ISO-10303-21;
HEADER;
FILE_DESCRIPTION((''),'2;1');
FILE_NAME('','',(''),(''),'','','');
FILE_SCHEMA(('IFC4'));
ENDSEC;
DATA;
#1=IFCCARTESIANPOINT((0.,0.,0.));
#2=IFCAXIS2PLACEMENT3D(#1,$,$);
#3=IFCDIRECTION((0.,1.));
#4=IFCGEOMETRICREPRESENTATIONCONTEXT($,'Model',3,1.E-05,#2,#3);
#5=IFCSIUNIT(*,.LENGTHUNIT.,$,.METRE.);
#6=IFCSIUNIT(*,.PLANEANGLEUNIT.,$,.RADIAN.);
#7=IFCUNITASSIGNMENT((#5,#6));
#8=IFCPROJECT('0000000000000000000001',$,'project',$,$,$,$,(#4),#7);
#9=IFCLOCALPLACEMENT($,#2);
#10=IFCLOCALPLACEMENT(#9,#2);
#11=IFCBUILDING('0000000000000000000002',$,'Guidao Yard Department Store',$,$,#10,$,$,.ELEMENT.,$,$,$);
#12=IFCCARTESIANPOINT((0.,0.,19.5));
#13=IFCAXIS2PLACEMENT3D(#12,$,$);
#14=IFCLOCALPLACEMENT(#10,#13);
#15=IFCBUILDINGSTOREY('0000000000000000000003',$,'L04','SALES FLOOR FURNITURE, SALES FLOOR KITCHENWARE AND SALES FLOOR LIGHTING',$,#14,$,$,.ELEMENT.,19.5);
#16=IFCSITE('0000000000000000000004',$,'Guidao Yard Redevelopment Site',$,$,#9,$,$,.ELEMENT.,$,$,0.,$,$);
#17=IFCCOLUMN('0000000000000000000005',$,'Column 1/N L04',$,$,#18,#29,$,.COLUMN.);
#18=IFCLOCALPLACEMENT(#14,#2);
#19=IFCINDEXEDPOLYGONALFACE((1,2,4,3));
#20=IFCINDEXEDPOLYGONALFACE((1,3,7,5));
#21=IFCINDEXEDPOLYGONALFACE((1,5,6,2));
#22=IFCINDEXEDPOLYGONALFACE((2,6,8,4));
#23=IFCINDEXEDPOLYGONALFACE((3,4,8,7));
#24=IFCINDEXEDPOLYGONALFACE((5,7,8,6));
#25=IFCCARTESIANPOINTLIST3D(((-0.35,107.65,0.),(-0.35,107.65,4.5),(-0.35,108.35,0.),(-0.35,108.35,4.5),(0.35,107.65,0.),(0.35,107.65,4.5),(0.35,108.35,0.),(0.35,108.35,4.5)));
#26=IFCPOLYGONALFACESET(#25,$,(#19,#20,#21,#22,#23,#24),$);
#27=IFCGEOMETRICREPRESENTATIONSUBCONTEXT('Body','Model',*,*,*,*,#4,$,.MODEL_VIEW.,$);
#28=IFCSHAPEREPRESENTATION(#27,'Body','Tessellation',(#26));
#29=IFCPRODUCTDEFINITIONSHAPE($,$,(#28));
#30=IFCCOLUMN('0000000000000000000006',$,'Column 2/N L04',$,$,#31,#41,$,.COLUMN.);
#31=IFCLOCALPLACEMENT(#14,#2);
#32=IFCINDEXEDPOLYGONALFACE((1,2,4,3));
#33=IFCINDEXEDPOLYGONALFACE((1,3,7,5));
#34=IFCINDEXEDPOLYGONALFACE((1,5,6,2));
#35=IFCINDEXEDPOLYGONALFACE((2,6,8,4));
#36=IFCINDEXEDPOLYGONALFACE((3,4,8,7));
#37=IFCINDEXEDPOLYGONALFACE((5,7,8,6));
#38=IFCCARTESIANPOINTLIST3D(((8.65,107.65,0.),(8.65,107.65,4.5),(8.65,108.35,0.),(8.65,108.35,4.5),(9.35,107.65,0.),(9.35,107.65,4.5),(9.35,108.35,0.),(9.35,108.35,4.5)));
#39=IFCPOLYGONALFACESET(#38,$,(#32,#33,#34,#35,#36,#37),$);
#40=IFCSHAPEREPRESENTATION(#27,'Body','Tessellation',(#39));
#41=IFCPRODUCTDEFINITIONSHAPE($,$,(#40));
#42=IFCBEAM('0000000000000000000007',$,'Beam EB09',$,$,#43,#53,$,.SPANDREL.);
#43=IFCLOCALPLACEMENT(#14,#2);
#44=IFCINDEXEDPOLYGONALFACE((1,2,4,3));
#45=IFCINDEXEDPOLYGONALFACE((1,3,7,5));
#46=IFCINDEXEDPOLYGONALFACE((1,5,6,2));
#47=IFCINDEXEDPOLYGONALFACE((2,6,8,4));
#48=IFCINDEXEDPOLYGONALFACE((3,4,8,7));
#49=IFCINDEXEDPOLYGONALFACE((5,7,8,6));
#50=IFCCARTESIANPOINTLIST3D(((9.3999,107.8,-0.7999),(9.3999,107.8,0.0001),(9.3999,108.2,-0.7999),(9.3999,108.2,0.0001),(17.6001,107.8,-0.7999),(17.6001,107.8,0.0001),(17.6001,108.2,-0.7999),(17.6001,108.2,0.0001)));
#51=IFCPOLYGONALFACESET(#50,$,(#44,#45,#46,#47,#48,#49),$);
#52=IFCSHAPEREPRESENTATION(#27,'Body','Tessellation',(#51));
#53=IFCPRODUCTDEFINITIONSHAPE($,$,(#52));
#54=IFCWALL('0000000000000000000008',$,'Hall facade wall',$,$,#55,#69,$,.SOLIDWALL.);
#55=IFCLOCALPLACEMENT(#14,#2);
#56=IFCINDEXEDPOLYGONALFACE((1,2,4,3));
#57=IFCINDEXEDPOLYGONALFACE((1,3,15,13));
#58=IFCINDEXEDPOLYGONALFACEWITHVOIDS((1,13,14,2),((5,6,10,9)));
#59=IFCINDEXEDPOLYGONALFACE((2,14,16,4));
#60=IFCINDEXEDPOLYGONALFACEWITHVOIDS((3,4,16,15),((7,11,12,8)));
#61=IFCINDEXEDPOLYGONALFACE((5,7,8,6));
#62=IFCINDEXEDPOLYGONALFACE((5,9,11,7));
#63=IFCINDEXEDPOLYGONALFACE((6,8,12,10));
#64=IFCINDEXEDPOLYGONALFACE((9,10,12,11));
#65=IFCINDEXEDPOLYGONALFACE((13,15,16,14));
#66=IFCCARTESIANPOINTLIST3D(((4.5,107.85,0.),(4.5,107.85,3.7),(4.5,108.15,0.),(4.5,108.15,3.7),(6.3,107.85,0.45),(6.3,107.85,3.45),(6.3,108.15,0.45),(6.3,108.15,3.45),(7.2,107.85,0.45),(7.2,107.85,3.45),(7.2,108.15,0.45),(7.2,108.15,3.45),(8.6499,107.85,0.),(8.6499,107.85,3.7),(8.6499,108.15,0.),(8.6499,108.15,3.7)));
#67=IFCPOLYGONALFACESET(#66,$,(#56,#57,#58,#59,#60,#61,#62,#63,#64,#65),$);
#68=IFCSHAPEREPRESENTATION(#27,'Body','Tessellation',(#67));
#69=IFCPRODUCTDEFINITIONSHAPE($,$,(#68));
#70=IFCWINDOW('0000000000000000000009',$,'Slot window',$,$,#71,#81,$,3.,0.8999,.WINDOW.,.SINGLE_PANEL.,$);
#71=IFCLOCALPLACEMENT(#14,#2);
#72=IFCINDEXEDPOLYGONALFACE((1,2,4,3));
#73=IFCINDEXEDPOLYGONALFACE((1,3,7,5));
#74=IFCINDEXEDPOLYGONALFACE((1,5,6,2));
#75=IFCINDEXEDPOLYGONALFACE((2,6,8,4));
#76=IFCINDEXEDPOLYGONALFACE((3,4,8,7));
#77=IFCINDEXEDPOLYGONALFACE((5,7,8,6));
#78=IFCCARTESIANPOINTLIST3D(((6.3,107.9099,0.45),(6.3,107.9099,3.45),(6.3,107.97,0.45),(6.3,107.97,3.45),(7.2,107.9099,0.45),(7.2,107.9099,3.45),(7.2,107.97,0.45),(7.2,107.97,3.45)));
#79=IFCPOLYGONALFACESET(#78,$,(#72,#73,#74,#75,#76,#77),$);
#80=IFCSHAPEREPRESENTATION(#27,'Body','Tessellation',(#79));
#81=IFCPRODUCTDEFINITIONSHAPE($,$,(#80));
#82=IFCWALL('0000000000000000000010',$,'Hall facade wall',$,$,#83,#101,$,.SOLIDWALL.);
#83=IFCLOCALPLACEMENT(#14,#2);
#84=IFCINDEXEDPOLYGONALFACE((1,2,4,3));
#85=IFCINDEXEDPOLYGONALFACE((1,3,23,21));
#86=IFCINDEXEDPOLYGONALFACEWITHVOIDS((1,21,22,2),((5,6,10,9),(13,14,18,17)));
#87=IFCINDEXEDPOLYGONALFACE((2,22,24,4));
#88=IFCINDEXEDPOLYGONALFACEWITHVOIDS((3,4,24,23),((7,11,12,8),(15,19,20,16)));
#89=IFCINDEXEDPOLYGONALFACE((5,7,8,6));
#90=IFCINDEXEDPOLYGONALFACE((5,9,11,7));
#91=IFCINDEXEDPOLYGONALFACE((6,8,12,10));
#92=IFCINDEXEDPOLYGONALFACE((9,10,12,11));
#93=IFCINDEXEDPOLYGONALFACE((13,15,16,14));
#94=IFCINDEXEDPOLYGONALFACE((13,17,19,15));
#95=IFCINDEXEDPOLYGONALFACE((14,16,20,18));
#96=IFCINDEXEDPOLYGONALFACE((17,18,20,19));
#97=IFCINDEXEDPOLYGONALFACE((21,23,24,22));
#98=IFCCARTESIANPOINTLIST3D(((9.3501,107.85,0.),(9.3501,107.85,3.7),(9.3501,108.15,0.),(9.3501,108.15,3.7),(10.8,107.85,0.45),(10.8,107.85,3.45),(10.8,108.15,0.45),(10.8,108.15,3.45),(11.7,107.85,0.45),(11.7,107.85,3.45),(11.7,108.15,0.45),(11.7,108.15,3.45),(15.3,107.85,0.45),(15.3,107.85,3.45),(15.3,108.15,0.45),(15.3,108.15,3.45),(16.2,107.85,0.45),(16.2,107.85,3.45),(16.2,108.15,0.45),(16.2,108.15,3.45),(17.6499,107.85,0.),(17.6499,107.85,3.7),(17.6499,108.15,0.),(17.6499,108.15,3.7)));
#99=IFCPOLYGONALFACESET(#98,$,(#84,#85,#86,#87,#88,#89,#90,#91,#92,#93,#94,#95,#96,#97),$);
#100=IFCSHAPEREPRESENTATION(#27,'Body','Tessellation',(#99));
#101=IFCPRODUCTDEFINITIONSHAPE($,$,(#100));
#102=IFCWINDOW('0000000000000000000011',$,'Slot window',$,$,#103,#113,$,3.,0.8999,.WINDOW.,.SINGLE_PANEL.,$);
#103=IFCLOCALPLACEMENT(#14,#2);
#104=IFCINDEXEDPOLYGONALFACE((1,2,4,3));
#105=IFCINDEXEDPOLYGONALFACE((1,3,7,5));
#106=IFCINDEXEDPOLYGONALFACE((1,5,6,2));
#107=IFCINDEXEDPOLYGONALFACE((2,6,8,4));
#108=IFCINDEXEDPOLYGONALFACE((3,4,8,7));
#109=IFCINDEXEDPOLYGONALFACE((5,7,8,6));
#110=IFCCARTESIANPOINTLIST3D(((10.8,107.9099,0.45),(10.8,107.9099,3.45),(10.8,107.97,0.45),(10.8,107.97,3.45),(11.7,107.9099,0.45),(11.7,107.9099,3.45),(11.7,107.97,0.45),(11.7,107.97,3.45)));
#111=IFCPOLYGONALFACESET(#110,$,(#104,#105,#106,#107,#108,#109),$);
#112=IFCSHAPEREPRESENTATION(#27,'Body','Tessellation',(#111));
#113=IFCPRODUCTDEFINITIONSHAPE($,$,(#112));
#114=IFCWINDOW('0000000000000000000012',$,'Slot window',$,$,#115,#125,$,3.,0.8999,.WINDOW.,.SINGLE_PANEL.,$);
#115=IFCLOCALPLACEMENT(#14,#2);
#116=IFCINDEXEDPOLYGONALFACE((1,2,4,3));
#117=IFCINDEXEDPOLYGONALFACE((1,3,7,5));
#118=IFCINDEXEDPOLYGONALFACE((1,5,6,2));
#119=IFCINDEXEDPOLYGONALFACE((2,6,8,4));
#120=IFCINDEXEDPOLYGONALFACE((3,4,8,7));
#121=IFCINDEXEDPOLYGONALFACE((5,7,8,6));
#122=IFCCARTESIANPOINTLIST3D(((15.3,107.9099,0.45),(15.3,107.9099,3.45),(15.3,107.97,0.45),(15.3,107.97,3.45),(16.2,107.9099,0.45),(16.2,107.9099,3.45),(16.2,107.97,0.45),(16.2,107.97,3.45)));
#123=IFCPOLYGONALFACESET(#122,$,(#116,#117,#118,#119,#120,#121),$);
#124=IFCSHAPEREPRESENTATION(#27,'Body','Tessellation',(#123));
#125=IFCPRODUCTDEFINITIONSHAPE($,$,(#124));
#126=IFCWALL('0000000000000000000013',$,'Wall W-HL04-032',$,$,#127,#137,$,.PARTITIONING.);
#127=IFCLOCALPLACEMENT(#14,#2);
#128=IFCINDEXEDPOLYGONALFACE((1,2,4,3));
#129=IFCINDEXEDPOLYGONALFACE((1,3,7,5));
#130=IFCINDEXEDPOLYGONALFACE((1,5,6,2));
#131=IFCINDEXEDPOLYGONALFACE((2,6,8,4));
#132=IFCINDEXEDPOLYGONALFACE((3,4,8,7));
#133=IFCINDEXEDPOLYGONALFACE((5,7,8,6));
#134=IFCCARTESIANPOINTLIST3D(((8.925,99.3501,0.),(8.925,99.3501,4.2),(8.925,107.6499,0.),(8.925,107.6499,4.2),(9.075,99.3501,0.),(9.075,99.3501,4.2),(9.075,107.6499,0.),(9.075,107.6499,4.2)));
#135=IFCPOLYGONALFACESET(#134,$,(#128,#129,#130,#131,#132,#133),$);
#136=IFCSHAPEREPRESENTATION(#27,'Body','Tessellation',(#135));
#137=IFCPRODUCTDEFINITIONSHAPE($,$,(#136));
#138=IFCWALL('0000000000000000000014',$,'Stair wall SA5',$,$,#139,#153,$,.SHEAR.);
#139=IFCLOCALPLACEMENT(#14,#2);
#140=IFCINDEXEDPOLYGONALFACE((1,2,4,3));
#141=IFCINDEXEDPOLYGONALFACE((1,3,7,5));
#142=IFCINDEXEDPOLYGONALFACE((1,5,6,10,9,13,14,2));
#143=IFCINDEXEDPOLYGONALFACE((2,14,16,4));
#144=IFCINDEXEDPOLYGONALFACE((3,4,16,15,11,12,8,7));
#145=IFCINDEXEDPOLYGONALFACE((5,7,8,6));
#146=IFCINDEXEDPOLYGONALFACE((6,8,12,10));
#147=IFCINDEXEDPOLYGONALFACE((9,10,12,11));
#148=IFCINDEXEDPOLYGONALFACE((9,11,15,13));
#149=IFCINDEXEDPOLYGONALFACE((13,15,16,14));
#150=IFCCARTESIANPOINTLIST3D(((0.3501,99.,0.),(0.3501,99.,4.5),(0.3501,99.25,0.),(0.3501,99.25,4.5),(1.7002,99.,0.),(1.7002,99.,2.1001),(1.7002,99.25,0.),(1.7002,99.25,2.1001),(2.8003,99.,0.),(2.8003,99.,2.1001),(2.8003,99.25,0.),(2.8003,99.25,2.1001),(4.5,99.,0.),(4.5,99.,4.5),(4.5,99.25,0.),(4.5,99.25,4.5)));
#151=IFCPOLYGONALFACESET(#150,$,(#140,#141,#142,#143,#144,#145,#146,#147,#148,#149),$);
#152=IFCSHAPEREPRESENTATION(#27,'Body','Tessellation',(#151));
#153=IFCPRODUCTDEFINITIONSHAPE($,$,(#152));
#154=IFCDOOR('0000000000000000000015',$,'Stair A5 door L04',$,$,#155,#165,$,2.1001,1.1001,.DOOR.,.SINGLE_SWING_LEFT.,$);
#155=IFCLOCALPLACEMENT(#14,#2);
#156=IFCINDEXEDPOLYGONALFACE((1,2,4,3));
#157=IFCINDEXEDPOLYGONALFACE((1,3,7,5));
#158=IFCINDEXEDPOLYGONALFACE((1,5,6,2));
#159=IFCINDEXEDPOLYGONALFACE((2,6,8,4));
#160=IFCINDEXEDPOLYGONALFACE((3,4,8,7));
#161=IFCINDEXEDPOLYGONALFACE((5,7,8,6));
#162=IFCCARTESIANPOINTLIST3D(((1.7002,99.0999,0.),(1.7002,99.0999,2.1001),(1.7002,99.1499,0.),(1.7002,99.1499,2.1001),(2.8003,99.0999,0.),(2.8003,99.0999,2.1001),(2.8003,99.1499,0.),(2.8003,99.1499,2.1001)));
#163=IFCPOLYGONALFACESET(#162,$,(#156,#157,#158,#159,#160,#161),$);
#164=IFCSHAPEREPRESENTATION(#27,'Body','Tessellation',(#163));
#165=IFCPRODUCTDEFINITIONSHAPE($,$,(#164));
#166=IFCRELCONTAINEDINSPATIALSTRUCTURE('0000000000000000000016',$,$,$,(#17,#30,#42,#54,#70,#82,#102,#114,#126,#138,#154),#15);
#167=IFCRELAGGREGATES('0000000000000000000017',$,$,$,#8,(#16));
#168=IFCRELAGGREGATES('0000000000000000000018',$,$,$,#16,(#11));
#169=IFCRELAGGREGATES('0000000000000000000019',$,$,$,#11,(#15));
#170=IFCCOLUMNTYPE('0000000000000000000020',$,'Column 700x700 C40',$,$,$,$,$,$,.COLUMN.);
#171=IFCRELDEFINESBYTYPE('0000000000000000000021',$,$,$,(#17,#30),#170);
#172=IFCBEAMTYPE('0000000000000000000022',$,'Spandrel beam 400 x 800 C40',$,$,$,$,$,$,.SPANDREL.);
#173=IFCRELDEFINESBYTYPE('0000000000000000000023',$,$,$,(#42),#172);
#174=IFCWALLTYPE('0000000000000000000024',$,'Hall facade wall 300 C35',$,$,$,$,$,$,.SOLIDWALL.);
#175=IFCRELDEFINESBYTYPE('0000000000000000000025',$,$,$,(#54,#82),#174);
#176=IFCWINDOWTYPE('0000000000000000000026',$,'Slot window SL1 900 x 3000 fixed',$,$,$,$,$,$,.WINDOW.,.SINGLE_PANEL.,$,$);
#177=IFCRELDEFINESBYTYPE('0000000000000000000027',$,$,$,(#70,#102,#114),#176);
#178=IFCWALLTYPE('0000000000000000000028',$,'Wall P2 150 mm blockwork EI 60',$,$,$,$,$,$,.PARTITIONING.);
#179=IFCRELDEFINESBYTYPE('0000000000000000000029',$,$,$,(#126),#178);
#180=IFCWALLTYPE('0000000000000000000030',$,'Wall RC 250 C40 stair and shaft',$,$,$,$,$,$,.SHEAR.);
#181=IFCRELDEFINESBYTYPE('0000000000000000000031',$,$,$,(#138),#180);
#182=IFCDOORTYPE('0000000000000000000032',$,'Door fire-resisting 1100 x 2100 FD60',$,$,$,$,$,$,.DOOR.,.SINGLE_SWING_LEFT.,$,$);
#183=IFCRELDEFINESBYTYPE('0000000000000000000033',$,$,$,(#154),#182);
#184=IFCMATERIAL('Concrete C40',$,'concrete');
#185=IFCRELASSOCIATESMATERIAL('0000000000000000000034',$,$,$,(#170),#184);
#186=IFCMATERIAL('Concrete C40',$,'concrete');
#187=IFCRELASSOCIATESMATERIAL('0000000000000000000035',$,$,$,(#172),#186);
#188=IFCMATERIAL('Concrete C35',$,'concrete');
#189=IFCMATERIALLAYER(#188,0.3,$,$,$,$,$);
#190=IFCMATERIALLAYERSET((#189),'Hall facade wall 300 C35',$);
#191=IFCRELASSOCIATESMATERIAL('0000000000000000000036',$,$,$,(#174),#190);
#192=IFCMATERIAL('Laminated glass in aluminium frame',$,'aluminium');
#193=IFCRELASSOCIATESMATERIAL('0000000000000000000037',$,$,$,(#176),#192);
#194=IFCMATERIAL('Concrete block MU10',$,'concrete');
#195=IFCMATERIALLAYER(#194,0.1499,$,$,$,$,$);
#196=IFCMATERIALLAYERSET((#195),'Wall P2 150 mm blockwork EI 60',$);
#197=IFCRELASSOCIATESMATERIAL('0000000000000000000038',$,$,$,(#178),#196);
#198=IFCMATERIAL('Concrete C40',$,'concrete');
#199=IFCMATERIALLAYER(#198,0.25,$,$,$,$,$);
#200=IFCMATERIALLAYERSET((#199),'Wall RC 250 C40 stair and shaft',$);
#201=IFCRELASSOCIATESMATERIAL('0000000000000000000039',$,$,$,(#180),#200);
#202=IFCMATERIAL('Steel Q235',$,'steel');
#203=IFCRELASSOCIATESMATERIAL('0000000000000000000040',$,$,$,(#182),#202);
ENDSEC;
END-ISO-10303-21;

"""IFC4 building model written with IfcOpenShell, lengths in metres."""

from ifc_helpers import new_model, si_unit, direction, frame, frame_2d, origin, origin_2d, place, context, subcontext, project, spatial, rectangle, extrude, material, layer, layer_set, material_profile, profile_set, type_object, element, fill, save


model = new_model("IFC4")

# Units and contexts
model_context = context("Model", 3, precision=1e-05, world=origin(), true_north=direction((0.0, 1.0)))
body_context = subcontext(model_context, "Body", "Model", "MODEL_VIEW")
ifc_project = project(units=[si_unit("LENGTHUNIT", "METRE"), si_unit("PLANEANGLEUNIT", "RADIAN")], contexts=[model_context])

# Site, building, storey
site_placement = place(None, origin())
site = spatial("IfcSite", under=ifc_project, at=site_placement, Name="Guidao Yard Redevelopment Site", CompositionType="ELEMENT", RefElevation=0.0)
building_placement = place(site_placement, origin())
building = spatial("IfcBuilding", under=site, at=building_placement, Name="Guidao Yard Department Store", CompositionType="ELEMENT")
storey_placement = place(building_placement, frame((0.0, 0.0, 19.5)))
storey = spatial("IfcBuildingStorey", under=building, at=storey_placement, Name="L04", Description="SALES FLOOR FURNITURE, SALES FLOOR KITCHENWARE AND SALES FLOOR LIGHTING", CompositionType="ELEMENT", Elevation=19.5)

# Columns
ifc_material_1 = material(Name="Concrete C40", Category="concrete")
ifc_material_profile_1 = material_profile(ifc_material_1, rectangle(XDim=0.7, YDim=0.7, at=origin_2d()), Name="COL 700x700")
ifc_profile_set_1 = profile_set([ifc_material_profile_1], Name="Concrete C40")
column_type = type_object("IfcColumnType", Name="Column 700x700 C40", PredefinedType="COLUMN", material=ifc_profile_set_1)
for number, where, z_axis, x_axis, name in (
    (1, (0.0, 108.0, 0.0), (0.0, 0.0, 1.0), (1.0, 0.0, 0.0), "Column 1/N L04"),
    (2, (9.0, 108.0, 0.0), (0.0, 0.0, 1.0), (1.0, 0.0, 0.0), "Column 2/N L04"),
):
    element("IfcColumn", number, at=place(storey_placement, frame(where, z_axis=z_axis, x_axis=x_axis)), inside=storey, type_object=column_type, Name=name, PredefinedType="COLUMN", context=body_context, shape_type="SweptSolid", body=[
        extrude(rectangle(XDim=0.7, YDim=0.7, at=origin_2d()), origin(), (0.0, 0.0, 1.0), 4.5),
    ])

# Beam
ifc_material_2 = material(Name="Concrete C40", Category="concrete")
ifc_material_profile_2 = material_profile(ifc_material_2, rectangle(XDim=0.3999, YDim=0.8, at=origin_2d()), Name="Spandrel beam 400 x 800 C40")
ifc_profile_set_2 = profile_set([ifc_material_profile_2], Name="Concrete C40")
beam_type = type_object("IfcBeamType", Name="Spandrel beam 400 x 800 C40", PredefinedType="SPANDREL", material=ifc_profile_set_2)
beam_placement = place(storey_placement, frame((9.3999, 108.0, -0.3999), z_axis=(1.0, 0.0, 0.0), x_axis=(0.0, 1.0, 0.0)))
element("IfcBeam", 3, at=beam_placement, inside=storey, type_object=beam_type, Name="Beam EB09", PredefinedType="SPANDREL", context=body_context, shape_type="SweptSolid", body=[
    extrude(rectangle(XDim=0.3999, YDim=0.8, at=origin_2d()), origin(), (0.0, 0.0, 1.0), 8.2002),
])

# Wall, opening, window
ifc_material_3 = material(Name="Concrete C35", Category="concrete")
ifc_layer_1 = layer(ifc_material_3, 0.3)
ifc_layer_set_1 = layer_set([ifc_layer_1], Name="Hall facade wall 300 C35")
wall_type_1 = type_object("IfcWallType", Name="Hall facade wall 300 C35", PredefinedType="SOLIDWALL", material=ifc_layer_set_1)
wall_1_placement = place(storey_placement, frame((4.5, 108.0, 0.0), z_axis=(0.0, 0.0, 1.0), x_axis=(1.0, 0.0, 0.0)))
wall_1 = element("IfcWall", 4, at=wall_1_placement, inside=storey, type_object=wall_type_1, Name="Hall facade wall", PredefinedType="SOLIDWALL", context=body_context, shape_type="SweptSolid", body=[
    extrude(rectangle(XDim=4.1499, YDim=0.3, at=frame_2d((2.075, 0.0))), origin(), (0.0, 0.0, 1.0), 3.7),
])
opening_1_placement = place(wall_1_placement, frame((1.8, 0.0, 0.45)))
opening_1 = element("IfcOpeningElement", 5, at=opening_1_placement, cuts=wall_1, PredefinedType="OPENING", context=body_context, shape_type="SweptSolid", body=[
    extrude(rectangle(XDim=0.8999, YDim=3.0, at=frame_2d((0.45, 1.5))), frame((0.0, 0.1599, 0.0), z_axis=(0.0, -1.0, 0.0), x_axis=(1.0, 0.0, 0.0)), (0.0, 0.0, 1.0), 0.3201),
])
ifc_material_4 = material(Name="Laminated glass in aluminium frame", Category="aluminium")
window_type = type_object("IfcWindowType", Name="Slot window SL1 900 x 3000 fixed", PartitioningType="SINGLE_PANEL", PredefinedType="WINDOW", material=ifc_material_4)
window_1_placement = place(opening_1_placement, origin())
window_1 = element("IfcWindow", 6, at=window_1_placement, inside=storey, type_object=window_type, Name="Slot window", OverallHeight=3.0, OverallWidth=0.8999, PartitioningType="SINGLE_PANEL", PredefinedType="WINDOW", context=body_context, shape_type="SweptSolid", body=[
    extrude(rectangle(XDim=0.8999, YDim=3.0, at=frame_2d((0.45, 1.5))), frame((0.0, -0.03, 0.0), z_axis=(0.0, -1.0, 0.0), x_axis=(1.0, 0.0, 0.0)), (0.0, 0.0, 1.0), 0.0601),
])
fill(opening_1, window_1)

# Wall, openings, windows
wall_2_placement = place(storey_placement, frame((9.3501, 108.0, 0.0), z_axis=(0.0, 0.0, 1.0), x_axis=(1.0, 0.0, 0.0)))
wall_2 = element("IfcWall", 7, at=wall_2_placement, inside=storey, type_object=wall_type_1, Name="Hall facade wall", PredefinedType="SOLIDWALL", context=body_context, shape_type="SweptSolid", body=[
    extrude(rectangle(XDim=8.2998, YDim=0.3, at=frame_2d((4.1499, 0.0))), origin(), (0.0, 0.0, 1.0), 3.7),
])
opening_2_placement = place(wall_2_placement, frame((1.45, 0.0, 0.45)))
opening_2 = element("IfcOpeningElement", 8, at=opening_2_placement, cuts=wall_2, PredefinedType="OPENING", context=body_context, shape_type="SweptSolid", body=[
    extrude(rectangle(XDim=0.8999, YDim=3.0, at=frame_2d((0.45, 1.5))), frame((0.0, 0.1599, 0.0), z_axis=(0.0, -1.0, 0.0), x_axis=(1.0, 0.0, 0.0)), (0.0, 0.0, 1.0), 0.3201),
])
opening_3_placement = place(wall_2_placement, frame((5.95, 0.0, 0.45)))
opening_3 = element("IfcOpeningElement", 9, at=opening_3_placement, cuts=wall_2, PredefinedType="OPENING", context=body_context, shape_type="SweptSolid", body=[
    extrude(rectangle(XDim=0.8999, YDim=3.0, at=frame_2d((0.45, 1.5))), frame((0.0, 0.1599, 0.0), z_axis=(0.0, -1.0, 0.0), x_axis=(1.0, 0.0, 0.0)), (0.0, 0.0, 1.0), 0.3201),
])
window_2_placement = place(opening_2_placement, origin())
window_2 = element("IfcWindow", 10, at=window_2_placement, inside=storey, type_object=window_type, Name="Slot window", OverallHeight=3.0, OverallWidth=0.8999, PartitioningType="SINGLE_PANEL", PredefinedType="WINDOW", context=body_context, shape_type="SweptSolid", body=[
    extrude(rectangle(XDim=0.8999, YDim=3.0, at=frame_2d((0.45, 1.5))), frame((0.0, -0.03, 0.0), z_axis=(0.0, -1.0, 0.0), x_axis=(1.0, 0.0, 0.0)), (0.0, 0.0, 1.0), 0.0601),
])
fill(opening_2, window_2)
window_3_placement = place(opening_3_placement, origin())
window_3 = element("IfcWindow", 11, at=window_3_placement, inside=storey, type_object=window_type, Name="Slot window", OverallHeight=3.0, OverallWidth=0.8999, PartitioningType="SINGLE_PANEL", PredefinedType="WINDOW", context=body_context, shape_type="SweptSolid", body=[
    extrude(rectangle(XDim=0.8999, YDim=3.0, at=frame_2d((0.45, 1.5))), frame((0.0, -0.03, 0.0), z_axis=(0.0, -1.0, 0.0), x_axis=(1.0, 0.0, 0.0)), (0.0, 0.0, 1.0), 0.0601),
])
fill(opening_3, window_3)

# Wall
ifc_material_5 = material(Name="Concrete block MU10", Category="concrete")
ifc_layer_2 = layer(ifc_material_5, 0.1499)
ifc_layer_set_2 = layer_set([ifc_layer_2], Name="Wall P2 150 mm blockwork EI 60")
wall_type_2 = type_object("IfcWallType", Name="Wall P2 150 mm blockwork EI 60", PredefinedType="PARTITIONING", material=ifc_layer_set_2)
wall_3_placement = place(storey_placement, frame((9.0, 99.3501, 0.0), z_axis=(0.0, 0.0, 1.0), x_axis=(0.0, 1.0, 0.0)))
element("IfcWall", 12, at=wall_3_placement, inside=storey, type_object=wall_type_2, Name="Wall W-HL04-032", PredefinedType="PARTITIONING", context=body_context, shape_type="SweptSolid", body=[
    extrude(rectangle(XDim=8.2998, YDim=0.1499, at=frame_2d((4.1499, 0.0))), origin(), (0.0, 0.0, 1.0), 4.2),
])

# Wall, opening, door
ifc_material_6 = material(Name="Concrete C40", Category="concrete")
ifc_layer_3 = layer(ifc_material_6, 0.25)
ifc_layer_set_3 = layer_set([ifc_layer_3], Name="Wall RC 250 C40 stair and shaft")
wall_type_3 = type_object("IfcWallType", Name="Wall RC 250 C40 stair and shaft", PredefinedType="SHEAR", material=ifc_layer_set_3)
wall_4_placement = place(storey_placement, frame((0.3501, 99.125, 0.0), z_axis=(0.0, 0.0, 1.0), x_axis=(1.0, 0.0, 0.0)))
wall_4 = element("IfcWall", 13, at=wall_4_placement, inside=storey, type_object=wall_type_3, Name="Stair wall SA5", PredefinedType="SHEAR", context=body_context, shape_type="SweptSolid", body=[
    extrude(rectangle(XDim=4.1499, YDim=0.25, at=frame_2d((2.075, 0.0))), origin(), (0.0, 0.0, 1.0), 4.5),
])
opening_4_placement = place(wall_4_placement, frame((1.3501, 0.0, 0.0)))
opening_4 = element("IfcOpeningElement", 14, at=opening_4_placement, cuts=wall_4, PredefinedType="OPENING", context=body_context, shape_type="SweptSolid", body=[
    extrude(rectangle(XDim=1.1001, YDim=2.1001, at=frame_2d((0.55, 1.05))), frame((0.0, 0.135, 0.0), z_axis=(0.0, -1.0, 0.0), x_axis=(1.0, 0.0, 0.0)), (0.0, 0.0, 1.0), 0.27),
])
ifc_material_7 = material(Name="Steel Q235", Category="steel")
door_type = type_object("IfcDoorType", Name="Door fire-resisting 1100 x 2100 FD60", OperationType="SINGLE_SWING_LEFT", PredefinedType="DOOR", material=ifc_material_7)
door_placement = place(opening_4_placement, origin())
door = element("IfcDoor", 15, at=door_placement, inside=storey, type_object=door_type, Name="Stair A5 door L04", OperationType="SINGLE_SWING_LEFT", OverallHeight=2.1001, OverallWidth=1.1001, PredefinedType="DOOR", context=body_context, shape_type="SweptSolid", body=[
    extrude(rectangle(XDim=1.1001, YDim=2.1001, at=frame_2d((0.55, 1.05))), frame((0.0, 0.0249, 0.0), z_axis=(0.0, -1.0, 0.0), x_axis=(1.0, 0.0, 0.0)), (0.0, 0.0, 1.0), 0.05),
])
fill(opening_4, door)

save(model, "model.ifc")
